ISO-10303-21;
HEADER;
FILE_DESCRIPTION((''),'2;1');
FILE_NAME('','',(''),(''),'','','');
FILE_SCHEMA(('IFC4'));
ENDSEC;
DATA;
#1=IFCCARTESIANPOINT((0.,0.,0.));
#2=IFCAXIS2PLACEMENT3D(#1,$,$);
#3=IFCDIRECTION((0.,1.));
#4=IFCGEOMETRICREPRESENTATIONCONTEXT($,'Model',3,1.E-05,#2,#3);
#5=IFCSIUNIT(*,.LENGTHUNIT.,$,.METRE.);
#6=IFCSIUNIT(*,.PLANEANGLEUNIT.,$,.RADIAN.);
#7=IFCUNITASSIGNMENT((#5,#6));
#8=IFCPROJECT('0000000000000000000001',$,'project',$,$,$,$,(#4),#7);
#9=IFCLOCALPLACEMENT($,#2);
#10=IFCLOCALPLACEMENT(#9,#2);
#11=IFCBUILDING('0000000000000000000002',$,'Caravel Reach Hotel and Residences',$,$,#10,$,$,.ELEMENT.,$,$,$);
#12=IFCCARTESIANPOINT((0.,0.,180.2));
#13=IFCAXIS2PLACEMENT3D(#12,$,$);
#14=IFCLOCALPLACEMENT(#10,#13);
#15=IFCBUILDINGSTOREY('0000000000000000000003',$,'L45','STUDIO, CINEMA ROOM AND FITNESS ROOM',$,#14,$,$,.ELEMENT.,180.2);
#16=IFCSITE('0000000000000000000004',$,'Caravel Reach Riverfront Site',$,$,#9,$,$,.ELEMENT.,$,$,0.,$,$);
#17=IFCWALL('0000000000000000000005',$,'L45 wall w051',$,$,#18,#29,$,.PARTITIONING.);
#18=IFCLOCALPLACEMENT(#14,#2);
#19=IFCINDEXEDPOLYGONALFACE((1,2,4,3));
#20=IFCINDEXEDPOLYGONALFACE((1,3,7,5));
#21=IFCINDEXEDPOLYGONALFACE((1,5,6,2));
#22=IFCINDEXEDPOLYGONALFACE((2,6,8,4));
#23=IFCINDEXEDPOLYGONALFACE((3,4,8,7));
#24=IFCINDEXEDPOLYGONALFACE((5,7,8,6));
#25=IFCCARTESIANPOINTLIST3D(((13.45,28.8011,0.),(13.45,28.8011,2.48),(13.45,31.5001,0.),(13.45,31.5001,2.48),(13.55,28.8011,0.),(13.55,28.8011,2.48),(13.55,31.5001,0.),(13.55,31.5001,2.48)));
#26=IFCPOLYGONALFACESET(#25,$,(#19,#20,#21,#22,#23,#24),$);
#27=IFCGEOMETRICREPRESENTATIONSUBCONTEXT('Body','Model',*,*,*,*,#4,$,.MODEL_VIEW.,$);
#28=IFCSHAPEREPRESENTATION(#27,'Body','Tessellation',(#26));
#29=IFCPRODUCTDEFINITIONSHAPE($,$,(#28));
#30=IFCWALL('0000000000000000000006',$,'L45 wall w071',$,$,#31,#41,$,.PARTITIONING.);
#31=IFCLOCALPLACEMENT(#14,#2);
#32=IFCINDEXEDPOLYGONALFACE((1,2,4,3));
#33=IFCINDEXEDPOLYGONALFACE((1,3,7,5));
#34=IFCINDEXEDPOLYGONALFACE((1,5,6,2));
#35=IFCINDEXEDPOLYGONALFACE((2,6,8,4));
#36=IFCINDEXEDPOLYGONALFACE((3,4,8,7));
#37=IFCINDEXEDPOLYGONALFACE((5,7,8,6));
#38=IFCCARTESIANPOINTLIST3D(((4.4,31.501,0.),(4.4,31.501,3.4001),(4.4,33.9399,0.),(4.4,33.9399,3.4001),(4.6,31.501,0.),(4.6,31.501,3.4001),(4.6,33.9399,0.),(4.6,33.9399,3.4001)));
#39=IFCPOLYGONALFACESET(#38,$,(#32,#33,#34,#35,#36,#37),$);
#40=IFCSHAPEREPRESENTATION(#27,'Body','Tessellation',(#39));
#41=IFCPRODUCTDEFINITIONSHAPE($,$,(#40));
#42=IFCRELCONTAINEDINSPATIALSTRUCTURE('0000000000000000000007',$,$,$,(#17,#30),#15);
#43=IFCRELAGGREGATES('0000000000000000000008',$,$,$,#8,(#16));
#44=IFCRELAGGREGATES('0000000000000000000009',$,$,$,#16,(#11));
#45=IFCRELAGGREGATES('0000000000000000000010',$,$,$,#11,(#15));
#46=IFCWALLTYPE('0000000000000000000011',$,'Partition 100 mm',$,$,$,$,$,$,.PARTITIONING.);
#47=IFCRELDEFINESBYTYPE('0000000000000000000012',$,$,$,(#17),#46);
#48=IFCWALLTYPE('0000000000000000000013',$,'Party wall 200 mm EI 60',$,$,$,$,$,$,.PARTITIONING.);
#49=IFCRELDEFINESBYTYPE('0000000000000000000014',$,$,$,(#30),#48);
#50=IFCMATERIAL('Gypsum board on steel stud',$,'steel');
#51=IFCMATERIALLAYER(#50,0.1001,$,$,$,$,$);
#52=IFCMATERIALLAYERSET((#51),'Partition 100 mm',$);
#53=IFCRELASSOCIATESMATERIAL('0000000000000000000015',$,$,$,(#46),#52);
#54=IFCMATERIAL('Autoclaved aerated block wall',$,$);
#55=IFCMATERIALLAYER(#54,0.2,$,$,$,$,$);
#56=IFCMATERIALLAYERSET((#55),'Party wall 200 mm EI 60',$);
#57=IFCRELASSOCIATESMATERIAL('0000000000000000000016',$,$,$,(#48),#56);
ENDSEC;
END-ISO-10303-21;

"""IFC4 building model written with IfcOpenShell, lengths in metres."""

from ifc_helpers import new_model, si_unit, direction, frame, frame_2d, origin, place, context, subcontext, project, spatial, rectangle, extrude, material, layer, layer_set, type_object, element, save


model = new_model("IFC4")

# Units and contexts
model_context = context("Model", 3, precision=1e-05, world=origin(), true_north=direction((0.0, 1.0)))
body_context = subcontext(model_context, "Body", "Model", "MODEL_VIEW")
ifc_project = project(units=[si_unit("LENGTHUNIT", "METRE"), si_unit("PLANEANGLEUNIT", "RADIAN")], contexts=[model_context])

# Site, building, storey
site_placement = place(None, origin())
site = spatial("IfcSite", under=ifc_project, at=site_placement, Name="Caravel Reach Riverfront Site", CompositionType="ELEMENT", RefElevation=0.0)
building_placement = place(site_placement, origin())
building = spatial("IfcBuilding", under=site, at=building_placement, Name="Caravel Reach Hotel and Residences", CompositionType="ELEMENT")
storey_placement = place(building_placement, frame((0.0, 0.0, 180.2)))
storey = spatial("IfcBuildingStorey", under=building, at=storey_placement, Name="L45", Description="STUDIO, CINEMA ROOM AND FITNESS ROOM", CompositionType="ELEMENT", Elevation=180.2)

# Shared definitions
ifc_material_1 = material(Name="Gypsum board on steel stud", Category="steel")
ifc_layer_1 = layer(ifc_material_1, 0.1001)
ifc_layer_set_1 = layer_set([ifc_layer_1], Name="Partition 100 mm")
wall_type_1 = type_object("IfcWallType", Name="Partition 100 mm", PredefinedType="PARTITIONING", material=ifc_layer_set_1)

# Walls
wall_1_placement = place(storey_placement, frame((13.5, 28.801, 0.0), z_axis=(0.0, 0.0, 1.0), x_axis=(0.0, 1.0, 0.0)))
element("IfcWall", 1, at=wall_1_placement, inside=storey, type_object=wall_type_1, Name="L45 wall w051", PredefinedType="PARTITIONING", context=body_context, shape_type="SweptSolid", body=[
    extrude(rectangle(XDim=2.699, YDim=0.1001, at=frame_2d((1.3496, 0.0))), origin(), (0.0, 0.0, 1.0), 2.48),
])
ifc_material_2 = material(Name="Autoclaved aerated block wall")
ifc_layer_2 = layer(ifc_material_2, 0.2)
ifc_layer_set_2 = layer_set([ifc_layer_2], Name="Party wall 200 mm EI 60")
wall_type_2 = type_object("IfcWallType", Name="Party wall 200 mm EI 60", PredefinedType="PARTITIONING", material=ifc_layer_set_2)
wall_2_placement = place(storey_placement, frame((4.5, 31.501, 0.0), z_axis=(0.0, 0.0, 1.0), x_axis=(0.0, 1.0, 0.0)))
element("IfcWall", 2, at=wall_2_placement, inside=storey, type_object=wall_type_2, Name="L45 wall w071", PredefinedType="PARTITIONING", context=body_context, shape_type="SweptSolid", body=[
    extrude(rectangle(XDim=2.439, YDim=0.2, at=frame_2d((1.2195, 0.0))), origin(), (0.0, 0.0, 1.0), 3.4001),
])

save(model, "model.ifc")
